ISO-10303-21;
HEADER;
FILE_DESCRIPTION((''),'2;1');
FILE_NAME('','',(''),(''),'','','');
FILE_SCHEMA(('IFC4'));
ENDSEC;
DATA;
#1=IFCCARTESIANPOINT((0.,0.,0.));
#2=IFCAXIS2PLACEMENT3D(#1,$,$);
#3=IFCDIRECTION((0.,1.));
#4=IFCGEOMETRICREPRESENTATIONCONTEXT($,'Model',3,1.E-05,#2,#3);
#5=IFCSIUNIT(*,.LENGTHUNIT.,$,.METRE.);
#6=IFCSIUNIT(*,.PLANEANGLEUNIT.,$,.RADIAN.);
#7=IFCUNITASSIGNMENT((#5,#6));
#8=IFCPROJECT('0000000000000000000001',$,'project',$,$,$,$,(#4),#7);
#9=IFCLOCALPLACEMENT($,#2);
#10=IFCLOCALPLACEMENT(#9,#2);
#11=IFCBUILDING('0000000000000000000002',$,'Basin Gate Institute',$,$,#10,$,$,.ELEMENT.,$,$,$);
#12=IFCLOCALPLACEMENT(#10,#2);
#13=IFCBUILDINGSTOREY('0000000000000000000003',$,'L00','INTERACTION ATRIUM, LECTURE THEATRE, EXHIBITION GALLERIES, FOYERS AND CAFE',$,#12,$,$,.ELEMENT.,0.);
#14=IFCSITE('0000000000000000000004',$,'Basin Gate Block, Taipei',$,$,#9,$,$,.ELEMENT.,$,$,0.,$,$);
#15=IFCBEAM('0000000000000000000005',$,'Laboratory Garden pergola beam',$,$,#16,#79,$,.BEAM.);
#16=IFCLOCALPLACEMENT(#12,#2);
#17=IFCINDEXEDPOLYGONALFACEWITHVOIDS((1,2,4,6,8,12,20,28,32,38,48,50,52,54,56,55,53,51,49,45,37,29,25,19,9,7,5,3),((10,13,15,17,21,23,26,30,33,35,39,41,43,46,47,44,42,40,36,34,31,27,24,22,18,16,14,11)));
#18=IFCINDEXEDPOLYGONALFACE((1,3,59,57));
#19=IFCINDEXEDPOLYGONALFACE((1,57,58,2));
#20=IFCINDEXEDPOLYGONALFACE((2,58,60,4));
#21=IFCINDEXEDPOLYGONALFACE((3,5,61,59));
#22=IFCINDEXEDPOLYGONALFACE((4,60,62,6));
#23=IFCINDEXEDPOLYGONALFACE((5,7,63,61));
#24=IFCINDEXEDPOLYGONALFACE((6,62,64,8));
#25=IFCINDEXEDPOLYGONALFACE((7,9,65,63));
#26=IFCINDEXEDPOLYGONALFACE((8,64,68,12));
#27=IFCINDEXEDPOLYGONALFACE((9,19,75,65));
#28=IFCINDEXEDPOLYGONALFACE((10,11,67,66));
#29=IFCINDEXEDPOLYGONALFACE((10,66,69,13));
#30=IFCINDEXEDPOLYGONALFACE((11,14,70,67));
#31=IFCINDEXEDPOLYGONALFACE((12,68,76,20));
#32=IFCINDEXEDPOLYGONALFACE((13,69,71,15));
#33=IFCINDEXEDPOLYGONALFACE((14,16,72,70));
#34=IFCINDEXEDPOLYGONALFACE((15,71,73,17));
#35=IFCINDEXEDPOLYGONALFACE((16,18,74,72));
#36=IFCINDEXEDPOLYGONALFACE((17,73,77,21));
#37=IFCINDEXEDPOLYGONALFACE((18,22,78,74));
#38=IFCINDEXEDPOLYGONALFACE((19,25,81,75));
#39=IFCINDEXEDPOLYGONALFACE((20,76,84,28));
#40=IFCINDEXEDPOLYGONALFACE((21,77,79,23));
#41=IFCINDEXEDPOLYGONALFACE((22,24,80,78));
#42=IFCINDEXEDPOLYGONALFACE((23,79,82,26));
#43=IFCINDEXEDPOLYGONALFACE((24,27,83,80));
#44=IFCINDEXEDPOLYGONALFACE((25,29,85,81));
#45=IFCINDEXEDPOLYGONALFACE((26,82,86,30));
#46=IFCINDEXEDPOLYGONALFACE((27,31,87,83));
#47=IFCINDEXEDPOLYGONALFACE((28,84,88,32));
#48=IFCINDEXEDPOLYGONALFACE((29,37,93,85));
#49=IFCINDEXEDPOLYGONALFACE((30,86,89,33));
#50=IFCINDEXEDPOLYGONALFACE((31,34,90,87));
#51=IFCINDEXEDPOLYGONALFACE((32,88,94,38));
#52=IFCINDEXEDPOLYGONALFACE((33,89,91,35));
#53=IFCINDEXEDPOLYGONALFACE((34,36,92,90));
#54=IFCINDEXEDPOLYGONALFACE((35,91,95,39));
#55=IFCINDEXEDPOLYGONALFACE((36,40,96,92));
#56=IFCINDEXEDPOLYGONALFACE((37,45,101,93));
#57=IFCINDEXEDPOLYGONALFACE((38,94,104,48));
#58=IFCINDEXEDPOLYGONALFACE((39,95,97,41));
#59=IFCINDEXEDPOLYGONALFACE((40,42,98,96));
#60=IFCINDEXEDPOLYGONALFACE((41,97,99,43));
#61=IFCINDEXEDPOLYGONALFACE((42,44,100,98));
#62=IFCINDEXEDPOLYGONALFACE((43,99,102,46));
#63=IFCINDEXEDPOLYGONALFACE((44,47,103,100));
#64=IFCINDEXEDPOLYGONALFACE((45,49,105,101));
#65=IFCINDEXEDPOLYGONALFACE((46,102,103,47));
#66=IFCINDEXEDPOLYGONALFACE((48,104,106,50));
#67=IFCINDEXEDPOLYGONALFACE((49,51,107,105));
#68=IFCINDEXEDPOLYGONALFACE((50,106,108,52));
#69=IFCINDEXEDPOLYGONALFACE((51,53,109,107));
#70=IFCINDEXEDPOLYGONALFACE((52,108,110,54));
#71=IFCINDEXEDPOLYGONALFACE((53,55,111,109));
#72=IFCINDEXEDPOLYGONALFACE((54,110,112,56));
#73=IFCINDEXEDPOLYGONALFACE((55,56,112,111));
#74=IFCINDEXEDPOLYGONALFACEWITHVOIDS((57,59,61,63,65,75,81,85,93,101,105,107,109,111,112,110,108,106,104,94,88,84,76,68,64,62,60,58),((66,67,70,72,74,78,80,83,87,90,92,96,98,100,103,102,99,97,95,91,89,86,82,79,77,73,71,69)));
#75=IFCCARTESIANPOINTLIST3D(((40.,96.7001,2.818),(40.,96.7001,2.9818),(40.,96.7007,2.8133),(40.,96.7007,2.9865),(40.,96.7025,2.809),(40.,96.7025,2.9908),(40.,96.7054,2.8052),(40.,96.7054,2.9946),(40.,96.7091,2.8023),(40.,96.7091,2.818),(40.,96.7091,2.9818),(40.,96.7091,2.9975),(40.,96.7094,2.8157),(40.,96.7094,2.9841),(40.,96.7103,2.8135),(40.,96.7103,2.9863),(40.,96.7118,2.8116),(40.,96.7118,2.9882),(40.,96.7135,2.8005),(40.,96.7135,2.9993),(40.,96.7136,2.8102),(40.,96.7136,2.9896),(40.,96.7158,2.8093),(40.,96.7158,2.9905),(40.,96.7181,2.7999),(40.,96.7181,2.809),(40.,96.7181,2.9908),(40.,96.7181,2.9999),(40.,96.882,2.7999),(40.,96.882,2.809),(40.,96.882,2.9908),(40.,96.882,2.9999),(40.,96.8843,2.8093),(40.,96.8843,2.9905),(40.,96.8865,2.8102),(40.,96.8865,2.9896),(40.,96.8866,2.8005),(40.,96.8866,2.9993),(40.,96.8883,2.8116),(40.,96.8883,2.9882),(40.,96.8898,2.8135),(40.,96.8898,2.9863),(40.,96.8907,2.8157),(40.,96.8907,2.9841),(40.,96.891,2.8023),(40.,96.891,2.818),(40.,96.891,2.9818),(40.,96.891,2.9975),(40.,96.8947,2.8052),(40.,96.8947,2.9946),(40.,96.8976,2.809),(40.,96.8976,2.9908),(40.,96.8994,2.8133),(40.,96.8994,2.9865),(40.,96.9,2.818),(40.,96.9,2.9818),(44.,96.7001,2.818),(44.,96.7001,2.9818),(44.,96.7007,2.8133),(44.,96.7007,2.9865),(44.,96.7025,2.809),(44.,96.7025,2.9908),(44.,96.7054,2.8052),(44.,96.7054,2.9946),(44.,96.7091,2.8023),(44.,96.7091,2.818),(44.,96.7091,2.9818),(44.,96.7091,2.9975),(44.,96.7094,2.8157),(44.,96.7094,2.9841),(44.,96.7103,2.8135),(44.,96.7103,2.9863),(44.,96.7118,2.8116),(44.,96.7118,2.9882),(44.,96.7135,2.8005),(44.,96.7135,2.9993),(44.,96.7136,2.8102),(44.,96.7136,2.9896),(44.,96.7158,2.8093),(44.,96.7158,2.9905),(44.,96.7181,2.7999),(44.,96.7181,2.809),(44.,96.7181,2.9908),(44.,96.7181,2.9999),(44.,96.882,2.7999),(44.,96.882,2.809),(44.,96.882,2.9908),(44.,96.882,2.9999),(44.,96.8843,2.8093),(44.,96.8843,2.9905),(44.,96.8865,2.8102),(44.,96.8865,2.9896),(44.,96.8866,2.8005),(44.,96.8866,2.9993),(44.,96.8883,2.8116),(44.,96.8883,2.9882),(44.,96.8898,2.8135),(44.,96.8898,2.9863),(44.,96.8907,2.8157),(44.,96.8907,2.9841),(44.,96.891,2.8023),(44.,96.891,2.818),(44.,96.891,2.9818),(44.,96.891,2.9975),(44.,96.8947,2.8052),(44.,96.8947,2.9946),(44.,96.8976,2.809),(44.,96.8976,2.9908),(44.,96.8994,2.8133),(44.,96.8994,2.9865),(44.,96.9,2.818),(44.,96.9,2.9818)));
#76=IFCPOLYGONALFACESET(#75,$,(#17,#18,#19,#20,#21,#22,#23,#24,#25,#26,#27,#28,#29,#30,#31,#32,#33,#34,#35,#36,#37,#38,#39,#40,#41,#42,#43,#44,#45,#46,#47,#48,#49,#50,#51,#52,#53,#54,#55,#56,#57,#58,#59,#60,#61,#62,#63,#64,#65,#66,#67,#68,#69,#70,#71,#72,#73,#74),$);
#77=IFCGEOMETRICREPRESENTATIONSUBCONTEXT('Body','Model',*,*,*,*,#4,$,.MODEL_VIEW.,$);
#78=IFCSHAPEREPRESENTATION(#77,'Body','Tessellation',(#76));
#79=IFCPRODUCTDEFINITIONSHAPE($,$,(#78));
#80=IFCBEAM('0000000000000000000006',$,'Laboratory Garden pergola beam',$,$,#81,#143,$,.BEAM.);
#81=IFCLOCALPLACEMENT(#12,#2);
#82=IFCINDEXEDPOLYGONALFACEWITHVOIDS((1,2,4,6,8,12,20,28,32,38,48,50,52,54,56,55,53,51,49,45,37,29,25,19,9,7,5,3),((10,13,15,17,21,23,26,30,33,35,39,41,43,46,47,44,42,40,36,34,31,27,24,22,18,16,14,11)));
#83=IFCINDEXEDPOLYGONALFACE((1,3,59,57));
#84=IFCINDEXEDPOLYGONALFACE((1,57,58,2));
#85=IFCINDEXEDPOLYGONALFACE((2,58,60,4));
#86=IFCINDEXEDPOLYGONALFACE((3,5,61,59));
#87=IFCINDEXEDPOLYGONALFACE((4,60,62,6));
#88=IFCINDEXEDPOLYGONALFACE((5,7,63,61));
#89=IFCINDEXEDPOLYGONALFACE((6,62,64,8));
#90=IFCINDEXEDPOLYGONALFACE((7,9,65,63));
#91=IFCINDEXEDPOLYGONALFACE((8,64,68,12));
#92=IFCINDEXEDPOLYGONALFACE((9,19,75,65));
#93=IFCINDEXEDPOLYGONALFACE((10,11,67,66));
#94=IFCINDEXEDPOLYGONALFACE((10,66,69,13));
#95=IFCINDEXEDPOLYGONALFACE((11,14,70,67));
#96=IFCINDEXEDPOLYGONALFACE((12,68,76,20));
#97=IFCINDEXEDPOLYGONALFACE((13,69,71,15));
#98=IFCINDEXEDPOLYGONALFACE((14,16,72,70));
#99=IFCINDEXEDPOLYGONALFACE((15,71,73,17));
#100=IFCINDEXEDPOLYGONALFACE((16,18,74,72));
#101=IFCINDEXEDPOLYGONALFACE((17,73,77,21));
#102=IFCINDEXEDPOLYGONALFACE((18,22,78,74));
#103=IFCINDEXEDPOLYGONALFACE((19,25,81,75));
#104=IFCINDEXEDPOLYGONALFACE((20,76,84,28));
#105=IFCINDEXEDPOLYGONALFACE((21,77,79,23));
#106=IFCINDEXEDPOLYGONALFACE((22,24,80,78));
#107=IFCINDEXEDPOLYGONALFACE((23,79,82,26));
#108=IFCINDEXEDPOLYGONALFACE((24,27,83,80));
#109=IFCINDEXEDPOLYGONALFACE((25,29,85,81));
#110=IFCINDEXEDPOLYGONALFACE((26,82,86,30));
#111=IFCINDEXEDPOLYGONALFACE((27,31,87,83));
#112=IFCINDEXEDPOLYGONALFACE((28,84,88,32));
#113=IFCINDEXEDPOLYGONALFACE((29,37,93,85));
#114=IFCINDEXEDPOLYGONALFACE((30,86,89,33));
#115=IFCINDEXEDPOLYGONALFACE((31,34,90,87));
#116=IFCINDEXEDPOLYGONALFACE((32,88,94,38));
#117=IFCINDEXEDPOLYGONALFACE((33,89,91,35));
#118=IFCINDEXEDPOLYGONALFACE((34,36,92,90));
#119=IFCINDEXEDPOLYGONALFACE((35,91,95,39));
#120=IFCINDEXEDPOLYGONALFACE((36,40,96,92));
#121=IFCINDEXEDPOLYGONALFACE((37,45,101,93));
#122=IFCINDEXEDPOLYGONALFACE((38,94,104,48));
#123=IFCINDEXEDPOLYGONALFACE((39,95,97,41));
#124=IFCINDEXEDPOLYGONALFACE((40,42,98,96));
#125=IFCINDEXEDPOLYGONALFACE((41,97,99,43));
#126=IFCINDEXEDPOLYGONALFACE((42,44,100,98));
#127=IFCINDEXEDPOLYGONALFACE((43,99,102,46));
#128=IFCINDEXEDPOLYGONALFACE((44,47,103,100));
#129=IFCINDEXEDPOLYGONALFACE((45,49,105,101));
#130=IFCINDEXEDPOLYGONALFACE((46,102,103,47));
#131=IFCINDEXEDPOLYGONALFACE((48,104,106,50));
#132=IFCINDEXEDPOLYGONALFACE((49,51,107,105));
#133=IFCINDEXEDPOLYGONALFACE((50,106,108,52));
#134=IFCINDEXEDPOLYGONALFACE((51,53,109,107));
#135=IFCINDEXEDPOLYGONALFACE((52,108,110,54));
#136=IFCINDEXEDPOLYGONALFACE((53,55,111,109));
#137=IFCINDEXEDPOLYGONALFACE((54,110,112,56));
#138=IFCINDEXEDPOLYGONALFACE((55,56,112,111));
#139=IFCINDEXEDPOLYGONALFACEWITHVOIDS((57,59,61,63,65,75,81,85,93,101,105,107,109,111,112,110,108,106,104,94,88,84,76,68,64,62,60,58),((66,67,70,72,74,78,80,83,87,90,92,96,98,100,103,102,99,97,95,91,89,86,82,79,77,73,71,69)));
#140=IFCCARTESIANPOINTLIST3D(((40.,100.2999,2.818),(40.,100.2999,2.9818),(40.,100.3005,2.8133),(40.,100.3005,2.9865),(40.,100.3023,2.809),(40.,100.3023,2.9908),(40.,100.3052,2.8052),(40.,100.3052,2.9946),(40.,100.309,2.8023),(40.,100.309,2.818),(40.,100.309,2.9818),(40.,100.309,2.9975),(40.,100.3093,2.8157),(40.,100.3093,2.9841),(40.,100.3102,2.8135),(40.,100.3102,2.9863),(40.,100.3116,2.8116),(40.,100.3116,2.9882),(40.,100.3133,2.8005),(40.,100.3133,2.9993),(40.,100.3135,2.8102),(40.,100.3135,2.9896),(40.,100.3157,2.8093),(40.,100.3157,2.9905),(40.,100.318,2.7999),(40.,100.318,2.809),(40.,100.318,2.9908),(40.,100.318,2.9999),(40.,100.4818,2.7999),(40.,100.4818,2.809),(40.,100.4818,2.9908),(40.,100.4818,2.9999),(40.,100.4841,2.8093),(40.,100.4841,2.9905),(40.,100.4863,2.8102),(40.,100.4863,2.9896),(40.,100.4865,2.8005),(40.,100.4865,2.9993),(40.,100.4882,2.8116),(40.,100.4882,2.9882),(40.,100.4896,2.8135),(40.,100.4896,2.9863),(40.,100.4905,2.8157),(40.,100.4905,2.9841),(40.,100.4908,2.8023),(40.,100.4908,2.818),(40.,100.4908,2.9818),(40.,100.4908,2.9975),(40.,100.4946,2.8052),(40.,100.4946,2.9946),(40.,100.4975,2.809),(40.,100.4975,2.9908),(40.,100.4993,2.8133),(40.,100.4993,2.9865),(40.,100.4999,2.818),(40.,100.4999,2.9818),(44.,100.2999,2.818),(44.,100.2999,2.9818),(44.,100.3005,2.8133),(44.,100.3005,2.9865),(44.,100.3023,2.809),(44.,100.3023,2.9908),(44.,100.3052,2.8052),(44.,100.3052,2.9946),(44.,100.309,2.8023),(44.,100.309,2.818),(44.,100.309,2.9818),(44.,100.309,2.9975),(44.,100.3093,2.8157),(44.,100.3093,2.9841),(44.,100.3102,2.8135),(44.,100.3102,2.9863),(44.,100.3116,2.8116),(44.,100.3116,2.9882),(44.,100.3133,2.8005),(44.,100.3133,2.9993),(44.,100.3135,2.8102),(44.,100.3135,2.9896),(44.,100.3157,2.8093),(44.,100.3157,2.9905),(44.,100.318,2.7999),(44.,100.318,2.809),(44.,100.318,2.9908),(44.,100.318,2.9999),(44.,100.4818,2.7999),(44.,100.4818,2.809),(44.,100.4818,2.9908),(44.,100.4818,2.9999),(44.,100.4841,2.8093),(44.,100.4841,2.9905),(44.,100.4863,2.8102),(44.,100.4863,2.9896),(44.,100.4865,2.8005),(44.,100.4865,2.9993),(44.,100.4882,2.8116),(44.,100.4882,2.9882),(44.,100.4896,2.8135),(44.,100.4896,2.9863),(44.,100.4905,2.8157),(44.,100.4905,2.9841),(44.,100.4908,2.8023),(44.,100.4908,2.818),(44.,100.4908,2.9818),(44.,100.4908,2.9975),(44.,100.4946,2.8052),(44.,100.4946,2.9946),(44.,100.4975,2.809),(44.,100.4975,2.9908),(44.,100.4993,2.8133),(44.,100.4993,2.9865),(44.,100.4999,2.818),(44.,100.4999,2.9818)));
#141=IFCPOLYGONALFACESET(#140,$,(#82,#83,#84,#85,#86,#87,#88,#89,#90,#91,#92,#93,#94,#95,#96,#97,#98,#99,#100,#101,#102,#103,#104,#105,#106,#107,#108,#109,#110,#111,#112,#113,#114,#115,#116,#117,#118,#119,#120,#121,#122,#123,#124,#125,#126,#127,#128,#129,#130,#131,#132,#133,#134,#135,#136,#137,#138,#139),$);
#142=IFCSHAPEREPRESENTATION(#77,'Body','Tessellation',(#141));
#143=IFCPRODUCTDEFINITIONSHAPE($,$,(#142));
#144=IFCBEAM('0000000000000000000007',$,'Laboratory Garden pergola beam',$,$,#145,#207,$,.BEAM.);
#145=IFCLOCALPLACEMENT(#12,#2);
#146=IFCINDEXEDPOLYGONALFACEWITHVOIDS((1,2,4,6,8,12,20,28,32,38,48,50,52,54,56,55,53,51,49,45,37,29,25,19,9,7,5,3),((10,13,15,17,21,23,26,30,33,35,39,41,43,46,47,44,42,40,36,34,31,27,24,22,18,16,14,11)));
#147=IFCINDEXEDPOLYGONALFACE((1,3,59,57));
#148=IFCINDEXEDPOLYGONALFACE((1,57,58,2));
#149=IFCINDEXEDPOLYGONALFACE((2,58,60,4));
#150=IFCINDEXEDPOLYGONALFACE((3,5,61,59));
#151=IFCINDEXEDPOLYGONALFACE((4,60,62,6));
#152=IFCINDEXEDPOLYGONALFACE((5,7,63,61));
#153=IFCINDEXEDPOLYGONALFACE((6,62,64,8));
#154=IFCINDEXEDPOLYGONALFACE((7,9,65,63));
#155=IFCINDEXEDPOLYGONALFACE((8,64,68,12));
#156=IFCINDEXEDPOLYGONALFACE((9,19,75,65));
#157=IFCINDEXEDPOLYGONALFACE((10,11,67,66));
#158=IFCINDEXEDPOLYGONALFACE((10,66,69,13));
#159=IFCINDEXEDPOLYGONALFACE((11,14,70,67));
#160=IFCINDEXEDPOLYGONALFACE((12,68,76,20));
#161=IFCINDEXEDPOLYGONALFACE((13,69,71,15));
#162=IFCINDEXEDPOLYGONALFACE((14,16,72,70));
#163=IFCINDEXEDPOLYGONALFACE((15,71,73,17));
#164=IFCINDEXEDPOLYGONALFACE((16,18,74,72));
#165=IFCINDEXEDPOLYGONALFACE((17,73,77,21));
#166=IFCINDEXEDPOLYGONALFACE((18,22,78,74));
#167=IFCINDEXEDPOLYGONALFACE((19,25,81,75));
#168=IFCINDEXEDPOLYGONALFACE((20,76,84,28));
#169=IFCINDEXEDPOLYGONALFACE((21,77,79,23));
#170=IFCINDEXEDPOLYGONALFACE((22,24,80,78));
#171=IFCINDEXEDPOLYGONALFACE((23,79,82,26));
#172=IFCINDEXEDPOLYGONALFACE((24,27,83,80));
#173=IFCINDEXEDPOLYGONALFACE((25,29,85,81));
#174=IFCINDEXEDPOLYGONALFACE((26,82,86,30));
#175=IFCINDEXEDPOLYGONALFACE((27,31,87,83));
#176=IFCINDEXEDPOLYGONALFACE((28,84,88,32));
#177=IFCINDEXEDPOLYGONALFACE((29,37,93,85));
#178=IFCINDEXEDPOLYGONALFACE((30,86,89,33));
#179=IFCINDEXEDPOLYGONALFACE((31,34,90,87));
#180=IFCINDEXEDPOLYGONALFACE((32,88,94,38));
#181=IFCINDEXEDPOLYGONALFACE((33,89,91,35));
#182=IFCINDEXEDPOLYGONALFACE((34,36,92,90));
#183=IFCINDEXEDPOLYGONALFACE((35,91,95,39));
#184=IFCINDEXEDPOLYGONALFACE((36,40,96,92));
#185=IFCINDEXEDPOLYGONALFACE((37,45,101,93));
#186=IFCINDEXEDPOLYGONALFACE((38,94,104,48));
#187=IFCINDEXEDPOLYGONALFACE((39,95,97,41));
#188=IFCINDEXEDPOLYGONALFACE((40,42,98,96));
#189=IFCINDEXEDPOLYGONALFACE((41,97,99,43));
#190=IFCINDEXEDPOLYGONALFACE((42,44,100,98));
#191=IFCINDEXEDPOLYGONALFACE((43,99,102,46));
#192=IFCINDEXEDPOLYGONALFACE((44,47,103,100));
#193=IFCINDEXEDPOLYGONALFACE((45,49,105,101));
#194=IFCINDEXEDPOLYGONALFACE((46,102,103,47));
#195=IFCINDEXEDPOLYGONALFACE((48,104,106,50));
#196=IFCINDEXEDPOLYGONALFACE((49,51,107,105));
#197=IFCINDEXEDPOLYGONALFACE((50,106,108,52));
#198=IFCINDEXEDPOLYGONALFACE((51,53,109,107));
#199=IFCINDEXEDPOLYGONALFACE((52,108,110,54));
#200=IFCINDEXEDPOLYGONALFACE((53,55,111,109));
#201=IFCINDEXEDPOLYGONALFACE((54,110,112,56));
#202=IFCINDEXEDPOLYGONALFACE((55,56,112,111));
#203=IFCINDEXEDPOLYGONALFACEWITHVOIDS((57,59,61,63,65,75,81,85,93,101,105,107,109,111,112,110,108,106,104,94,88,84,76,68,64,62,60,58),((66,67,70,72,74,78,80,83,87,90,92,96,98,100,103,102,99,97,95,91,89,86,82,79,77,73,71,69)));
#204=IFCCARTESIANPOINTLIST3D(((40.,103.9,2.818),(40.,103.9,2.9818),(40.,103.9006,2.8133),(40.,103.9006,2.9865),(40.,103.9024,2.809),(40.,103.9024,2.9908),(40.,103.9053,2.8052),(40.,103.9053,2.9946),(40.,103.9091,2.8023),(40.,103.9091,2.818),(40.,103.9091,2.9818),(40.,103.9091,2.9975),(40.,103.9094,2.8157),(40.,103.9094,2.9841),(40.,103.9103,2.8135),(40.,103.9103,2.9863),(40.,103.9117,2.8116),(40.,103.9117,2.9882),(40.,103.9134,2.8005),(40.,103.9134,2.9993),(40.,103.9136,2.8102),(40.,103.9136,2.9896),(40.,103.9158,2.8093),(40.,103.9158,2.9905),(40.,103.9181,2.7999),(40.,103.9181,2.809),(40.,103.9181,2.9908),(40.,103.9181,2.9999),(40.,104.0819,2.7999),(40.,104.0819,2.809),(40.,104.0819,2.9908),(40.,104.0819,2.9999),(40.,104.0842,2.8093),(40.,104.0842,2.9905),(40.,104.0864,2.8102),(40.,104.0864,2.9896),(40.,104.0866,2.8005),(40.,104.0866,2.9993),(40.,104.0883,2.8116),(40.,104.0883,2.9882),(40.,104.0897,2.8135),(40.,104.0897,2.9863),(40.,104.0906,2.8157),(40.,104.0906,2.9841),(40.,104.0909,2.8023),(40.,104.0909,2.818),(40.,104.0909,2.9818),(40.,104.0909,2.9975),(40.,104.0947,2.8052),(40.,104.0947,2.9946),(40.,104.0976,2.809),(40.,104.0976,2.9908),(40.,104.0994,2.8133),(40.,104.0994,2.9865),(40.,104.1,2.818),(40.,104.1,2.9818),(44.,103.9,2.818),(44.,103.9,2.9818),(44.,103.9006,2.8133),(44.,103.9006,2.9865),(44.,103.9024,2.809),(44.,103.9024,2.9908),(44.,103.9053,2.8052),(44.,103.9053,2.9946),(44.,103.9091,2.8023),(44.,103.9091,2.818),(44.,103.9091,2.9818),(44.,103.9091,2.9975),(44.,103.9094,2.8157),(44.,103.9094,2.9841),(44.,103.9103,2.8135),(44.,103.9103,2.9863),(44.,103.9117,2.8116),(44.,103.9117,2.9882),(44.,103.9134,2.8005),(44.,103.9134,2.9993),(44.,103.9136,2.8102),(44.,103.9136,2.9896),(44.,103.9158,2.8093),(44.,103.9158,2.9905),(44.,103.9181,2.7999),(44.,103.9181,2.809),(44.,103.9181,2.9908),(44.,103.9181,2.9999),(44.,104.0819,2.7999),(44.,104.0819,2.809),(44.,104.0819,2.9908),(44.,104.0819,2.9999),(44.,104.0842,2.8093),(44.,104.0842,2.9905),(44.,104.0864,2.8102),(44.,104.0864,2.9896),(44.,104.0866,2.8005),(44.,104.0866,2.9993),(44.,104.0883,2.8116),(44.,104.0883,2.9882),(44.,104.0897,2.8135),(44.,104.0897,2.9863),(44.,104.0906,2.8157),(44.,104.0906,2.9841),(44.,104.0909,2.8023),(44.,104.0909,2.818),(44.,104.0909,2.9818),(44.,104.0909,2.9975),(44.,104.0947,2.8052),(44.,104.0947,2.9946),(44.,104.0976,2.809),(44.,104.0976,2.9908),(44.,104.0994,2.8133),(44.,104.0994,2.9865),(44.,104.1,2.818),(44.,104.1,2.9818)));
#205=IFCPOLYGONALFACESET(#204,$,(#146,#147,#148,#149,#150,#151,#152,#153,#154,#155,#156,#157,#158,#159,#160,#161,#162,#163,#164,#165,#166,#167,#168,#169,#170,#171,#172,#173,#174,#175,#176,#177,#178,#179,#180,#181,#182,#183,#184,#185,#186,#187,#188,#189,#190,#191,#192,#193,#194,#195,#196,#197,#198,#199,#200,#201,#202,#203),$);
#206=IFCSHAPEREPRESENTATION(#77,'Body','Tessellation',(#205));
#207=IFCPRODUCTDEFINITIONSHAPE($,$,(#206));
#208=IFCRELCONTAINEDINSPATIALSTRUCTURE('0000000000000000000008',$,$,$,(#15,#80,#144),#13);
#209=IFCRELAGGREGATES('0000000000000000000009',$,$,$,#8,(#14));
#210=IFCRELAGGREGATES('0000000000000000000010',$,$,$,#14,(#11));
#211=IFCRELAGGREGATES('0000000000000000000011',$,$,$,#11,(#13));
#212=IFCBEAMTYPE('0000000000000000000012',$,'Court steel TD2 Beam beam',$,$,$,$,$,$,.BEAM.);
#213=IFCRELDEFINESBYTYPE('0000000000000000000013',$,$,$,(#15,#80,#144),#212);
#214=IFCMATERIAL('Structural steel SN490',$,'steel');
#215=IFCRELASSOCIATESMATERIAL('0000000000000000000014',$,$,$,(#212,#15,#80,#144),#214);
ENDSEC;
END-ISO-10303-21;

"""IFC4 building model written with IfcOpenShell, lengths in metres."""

from ifc_helpers import new_model, si_unit, direction, frame, origin, origin_2d, place, context, subcontext, project, spatial, hollow_rectangle, extrude, material, material_profile, profile_set, type_object, element, save


model = new_model("IFC4")

# Units and contexts
model_context = context("Model", 3, precision=1e-05, world=origin(), true_north=direction((0.0, 1.0)))
body_context = subcontext(model_context, "Body", "Model", "MODEL_VIEW")
ifc_project = project(units=[si_unit("LENGTHUNIT", "METRE"), si_unit("PLANEANGLEUNIT", "RADIAN")], contexts=[model_context])

# Site, building, storey
site_placement = place(None, origin())
site = spatial("IfcSite", under=ifc_project, at=site_placement, Name="Basin Gate Block, Taipei", CompositionType="ELEMENT", RefElevation=0.0)
building_placement = place(site_placement, origin())
building = spatial("IfcBuilding", under=site, at=building_placement, Name="Basin Gate Institute", CompositionType="ELEMENT")
storey_placement = place(building_placement, origin())
storey = spatial("IfcBuildingStorey", under=building, at=storey_placement, Name="L00", Description="INTERACTION ATRIUM, LECTURE THEATRE, EXHIBITION GALLERIES, FOYERS AND CAFE", CompositionType="ELEMENT", Elevation=0.0)

# Beams
ifc_material_1 = material(Name="Structural steel SN490", Category="steel")
ifc_material_profile_1 = material_profile(ifc_material_1, hollow_rectangle(XDim=0.2, YDim=0.2, WallThickness=0.009, InnerFilletRadius=0.009, OuterFilletRadius=0.0181, at=origin_2d()), Name="RHS200x200x9")
ifc_profile_set_1 = profile_set([ifc_material_profile_1], Name="Structural steel SN490")
beam_type = type_object("IfcBeamType", Name="Court steel TD2 Beam beam", PredefinedType="BEAM", material=ifc_profile_set_1)
for number, where, z_axis, x_axis, name in (
    (1, (40.0, 96.8, 2.8999), (1.0, 0.0, 0.0), (0.0, 1.0, 0.0), "Laboratory Garden pergola beam"),
    (2, (40.0, 100.3999, 2.8999), (1.0, 0.0, 0.0), (0.0, 1.0, 0.0), "Laboratory Garden pergola beam"),
    (3, (40.0, 104.0, 2.8999), (1.0, 0.0, 0.0), (0.0, 1.0, 0.0), "Laboratory Garden pergola beam"),
):
    element("IfcBeam", number, at=place(storey_placement, frame(where, z_axis=z_axis, x_axis=x_axis)), inside=storey, type_object=beam_type, material=ifc_profile_set_1, Name=name, PredefinedType="BEAM", context=body_context, shape_type="SweptSolid", body=[
        extrude(hollow_rectangle(XDim=0.2, YDim=0.2, WallThickness=0.009, InnerFilletRadius=0.009, OuterFilletRadius=0.0181, at=origin_2d()), origin(), (0.0, 0.0, 1.0), 4.0),
    ])

save(model, "model.ifc")
